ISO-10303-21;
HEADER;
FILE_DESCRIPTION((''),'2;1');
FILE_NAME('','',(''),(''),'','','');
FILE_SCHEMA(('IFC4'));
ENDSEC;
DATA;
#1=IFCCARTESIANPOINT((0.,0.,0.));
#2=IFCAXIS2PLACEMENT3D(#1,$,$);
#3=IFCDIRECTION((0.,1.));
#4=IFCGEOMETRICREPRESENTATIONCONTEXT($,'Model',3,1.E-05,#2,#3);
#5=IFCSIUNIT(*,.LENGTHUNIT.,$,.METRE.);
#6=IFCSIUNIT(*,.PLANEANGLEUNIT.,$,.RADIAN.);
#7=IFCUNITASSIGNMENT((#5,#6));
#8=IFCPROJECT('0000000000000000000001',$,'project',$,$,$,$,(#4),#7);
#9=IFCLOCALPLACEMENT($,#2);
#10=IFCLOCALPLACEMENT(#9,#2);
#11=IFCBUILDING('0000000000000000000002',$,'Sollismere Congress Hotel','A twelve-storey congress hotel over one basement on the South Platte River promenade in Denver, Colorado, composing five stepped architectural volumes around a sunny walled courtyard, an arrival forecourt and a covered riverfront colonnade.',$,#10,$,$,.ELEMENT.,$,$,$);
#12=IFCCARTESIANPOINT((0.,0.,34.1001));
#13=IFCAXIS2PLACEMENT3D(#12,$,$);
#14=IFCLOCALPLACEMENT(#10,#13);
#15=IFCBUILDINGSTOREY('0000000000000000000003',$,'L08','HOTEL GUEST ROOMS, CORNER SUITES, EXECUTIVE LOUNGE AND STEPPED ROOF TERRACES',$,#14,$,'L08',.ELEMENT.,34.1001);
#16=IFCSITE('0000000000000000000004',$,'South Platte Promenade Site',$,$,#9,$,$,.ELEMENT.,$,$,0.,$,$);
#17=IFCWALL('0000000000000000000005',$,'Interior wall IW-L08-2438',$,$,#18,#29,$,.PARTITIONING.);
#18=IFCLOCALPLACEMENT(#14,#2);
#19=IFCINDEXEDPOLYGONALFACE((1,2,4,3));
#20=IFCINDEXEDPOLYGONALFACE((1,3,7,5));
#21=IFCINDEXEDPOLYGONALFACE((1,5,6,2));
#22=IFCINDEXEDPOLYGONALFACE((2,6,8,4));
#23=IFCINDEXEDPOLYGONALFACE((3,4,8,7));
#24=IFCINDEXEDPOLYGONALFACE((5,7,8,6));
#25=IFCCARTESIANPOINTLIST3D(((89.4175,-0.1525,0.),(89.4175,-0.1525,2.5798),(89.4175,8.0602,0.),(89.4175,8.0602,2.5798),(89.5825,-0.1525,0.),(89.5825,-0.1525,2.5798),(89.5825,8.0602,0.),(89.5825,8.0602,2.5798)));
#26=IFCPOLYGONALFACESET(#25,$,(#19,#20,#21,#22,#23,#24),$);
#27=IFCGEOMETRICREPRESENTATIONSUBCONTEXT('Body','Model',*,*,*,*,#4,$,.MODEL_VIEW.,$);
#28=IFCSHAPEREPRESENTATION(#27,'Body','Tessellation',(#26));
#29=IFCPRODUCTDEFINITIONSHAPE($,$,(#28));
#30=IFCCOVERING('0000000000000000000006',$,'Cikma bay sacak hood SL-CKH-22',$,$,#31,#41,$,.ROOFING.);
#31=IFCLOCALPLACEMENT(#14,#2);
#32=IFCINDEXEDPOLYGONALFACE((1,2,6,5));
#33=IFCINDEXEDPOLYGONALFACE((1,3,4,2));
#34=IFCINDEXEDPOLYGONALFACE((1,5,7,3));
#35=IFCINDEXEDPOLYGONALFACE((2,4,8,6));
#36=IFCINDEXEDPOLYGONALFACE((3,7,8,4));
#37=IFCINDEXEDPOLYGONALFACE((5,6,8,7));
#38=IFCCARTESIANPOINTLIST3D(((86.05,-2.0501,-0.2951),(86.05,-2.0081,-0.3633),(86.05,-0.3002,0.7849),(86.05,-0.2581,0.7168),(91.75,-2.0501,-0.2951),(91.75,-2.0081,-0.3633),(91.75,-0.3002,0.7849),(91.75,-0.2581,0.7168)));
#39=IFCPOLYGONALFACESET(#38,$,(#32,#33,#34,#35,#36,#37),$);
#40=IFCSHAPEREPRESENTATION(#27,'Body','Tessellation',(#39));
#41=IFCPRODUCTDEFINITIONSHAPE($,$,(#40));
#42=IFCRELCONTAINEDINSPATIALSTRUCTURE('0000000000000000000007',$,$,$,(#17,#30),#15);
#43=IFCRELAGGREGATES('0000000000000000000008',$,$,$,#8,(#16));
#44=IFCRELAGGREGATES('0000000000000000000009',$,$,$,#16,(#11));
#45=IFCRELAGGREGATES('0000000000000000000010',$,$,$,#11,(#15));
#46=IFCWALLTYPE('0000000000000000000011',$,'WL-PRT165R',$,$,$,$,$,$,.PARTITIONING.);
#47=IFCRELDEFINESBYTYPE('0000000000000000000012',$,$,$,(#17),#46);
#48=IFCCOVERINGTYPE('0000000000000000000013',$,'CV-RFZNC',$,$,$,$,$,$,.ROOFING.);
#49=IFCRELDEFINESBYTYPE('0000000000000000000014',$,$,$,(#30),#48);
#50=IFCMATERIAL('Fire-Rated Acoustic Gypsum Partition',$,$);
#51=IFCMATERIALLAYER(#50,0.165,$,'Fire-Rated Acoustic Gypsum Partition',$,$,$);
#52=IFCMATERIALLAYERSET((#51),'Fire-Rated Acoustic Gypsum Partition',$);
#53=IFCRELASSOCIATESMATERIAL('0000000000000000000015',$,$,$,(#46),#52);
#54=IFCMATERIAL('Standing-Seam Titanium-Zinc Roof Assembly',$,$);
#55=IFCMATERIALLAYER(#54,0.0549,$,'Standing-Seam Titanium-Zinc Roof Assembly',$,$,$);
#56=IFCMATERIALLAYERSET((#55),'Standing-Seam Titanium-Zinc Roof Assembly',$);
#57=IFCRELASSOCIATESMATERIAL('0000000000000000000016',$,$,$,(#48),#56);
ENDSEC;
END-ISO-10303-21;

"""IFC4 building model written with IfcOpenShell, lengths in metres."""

from ifc_helpers import new_model, si_unit, direction, frame, frame_2d, origin, place, context, subcontext, project, spatial, polyline, rectangle, outline, extrude, material, layer, layer_set, type_object, element, save


model = new_model("IFC4")

# Units and contexts
model_context = context("Model", 3, precision=1e-05, world=origin(), true_north=direction((0.0, 1.0)))
body_context = subcontext(model_context, "Body", "Model", "MODEL_VIEW")
ifc_project = project(units=[si_unit("LENGTHUNIT", "METRE"), si_unit("PLANEANGLEUNIT", "RADIAN")], contexts=[model_context])

# Site, building, storey
site_placement = place(None, origin())
site = spatial("IfcSite", under=ifc_project, at=site_placement, Name="South Platte Promenade Site", CompositionType="ELEMENT", RefElevation=0.0)
building_placement = place(site_placement, origin())
building = spatial("IfcBuilding", under=site, at=building_placement, Name="Sollismere Congress Hotel", Description="A twelve-storey congress hotel over one basement on the South Platte River promenade in Denver, Colorado, composing five stepped architectural volumes around a sunny walled courtyard, an arrival forecourt and a covered riverfront colonnade.", CompositionType="ELEMENT")
storey_placement = place(building_placement, frame((0.0, 0.0, 34.1001)))
storey = spatial("IfcBuildingStorey", under=building, at=storey_placement, Name="L08", Description="HOTEL GUEST ROOMS, CORNER SUITES, EXECUTIVE LOUNGE AND STEPPED ROOF TERRACES", LongName="L08", CompositionType="ELEMENT", Elevation=34.1001)

# Wall
ifc_material_1 = material(Name="Fire-Rated Acoustic Gypsum Partition")
ifc_layer_1 = layer(ifc_material_1, 0.165, Name="Fire-Rated Acoustic Gypsum Partition")
ifc_layer_set_1 = layer_set([ifc_layer_1], Name="Fire-Rated Acoustic Gypsum Partition")
wall_type_1 = type_object("IfcWallType", Name="WL-PRT165R", PredefinedType="PARTITIONING", material=ifc_layer_set_1)
for number, where, z_axis, x_axis, name in (
    (1, (89.5, -0.1526, 0.0), (0.0, 0.0, 1.0), (0.0, 1.0, 0.0), "Interior wall IW-L08-2438"),
):
    element("IfcWall", number, at=place(storey_placement, frame(where, z_axis=z_axis, x_axis=x_axis)), inside=storey, type_object=wall_type_1, Name=name, PredefinedType="PARTITIONING", context=body_context, shape_type="SweptSolid", body=[
        extrude(rectangle(XDim=8.2126, YDim=0.165, at=frame_2d((4.1064, 0.0))), origin(), (0.0, 0.0, 1.0), 2.5798),
    ])

# Covering
ifc_material_2 = material(Name="Standing-Seam Titanium-Zinc Roof Assembly")
ifc_layer_2 = layer(ifc_material_2, 0.0549, Name="Standing-Seam Titanium-Zinc Roof Assembly")
ifc_layer_set_2 = layer_set([ifc_layer_2], Name="Standing-Seam Titanium-Zinc Roof Assembly")
covering_type = type_object("IfcCoveringType", Name="CV-RFZNC", PredefinedType="ROOFING", material=ifc_layer_set_2)
covering_placement = place(storey_placement, frame((86.05, -2.0081, -0.3633), z_axis=(0.0, -0.52521, 0.850973), x_axis=(1.0, 0.0, 0.0)))
element("IfcCovering", 2, at=covering_placement, inside=storey, type_object=covering_type, Name="Cikma bay sacak hood SL-CKH-22", PredefinedType="ROOFING", context=body_context, shape_type="SweptSolid", body=[
    extrude(outline(polyline([(0.0, 0.0), (5.7, 0.0), (5.7, 2.0564), (0.0, 2.0564), (0.0, 0.0)])), origin(), (0.0, 0.0, 1.0), 0.0801),
])

save(model, "model.ifc")
